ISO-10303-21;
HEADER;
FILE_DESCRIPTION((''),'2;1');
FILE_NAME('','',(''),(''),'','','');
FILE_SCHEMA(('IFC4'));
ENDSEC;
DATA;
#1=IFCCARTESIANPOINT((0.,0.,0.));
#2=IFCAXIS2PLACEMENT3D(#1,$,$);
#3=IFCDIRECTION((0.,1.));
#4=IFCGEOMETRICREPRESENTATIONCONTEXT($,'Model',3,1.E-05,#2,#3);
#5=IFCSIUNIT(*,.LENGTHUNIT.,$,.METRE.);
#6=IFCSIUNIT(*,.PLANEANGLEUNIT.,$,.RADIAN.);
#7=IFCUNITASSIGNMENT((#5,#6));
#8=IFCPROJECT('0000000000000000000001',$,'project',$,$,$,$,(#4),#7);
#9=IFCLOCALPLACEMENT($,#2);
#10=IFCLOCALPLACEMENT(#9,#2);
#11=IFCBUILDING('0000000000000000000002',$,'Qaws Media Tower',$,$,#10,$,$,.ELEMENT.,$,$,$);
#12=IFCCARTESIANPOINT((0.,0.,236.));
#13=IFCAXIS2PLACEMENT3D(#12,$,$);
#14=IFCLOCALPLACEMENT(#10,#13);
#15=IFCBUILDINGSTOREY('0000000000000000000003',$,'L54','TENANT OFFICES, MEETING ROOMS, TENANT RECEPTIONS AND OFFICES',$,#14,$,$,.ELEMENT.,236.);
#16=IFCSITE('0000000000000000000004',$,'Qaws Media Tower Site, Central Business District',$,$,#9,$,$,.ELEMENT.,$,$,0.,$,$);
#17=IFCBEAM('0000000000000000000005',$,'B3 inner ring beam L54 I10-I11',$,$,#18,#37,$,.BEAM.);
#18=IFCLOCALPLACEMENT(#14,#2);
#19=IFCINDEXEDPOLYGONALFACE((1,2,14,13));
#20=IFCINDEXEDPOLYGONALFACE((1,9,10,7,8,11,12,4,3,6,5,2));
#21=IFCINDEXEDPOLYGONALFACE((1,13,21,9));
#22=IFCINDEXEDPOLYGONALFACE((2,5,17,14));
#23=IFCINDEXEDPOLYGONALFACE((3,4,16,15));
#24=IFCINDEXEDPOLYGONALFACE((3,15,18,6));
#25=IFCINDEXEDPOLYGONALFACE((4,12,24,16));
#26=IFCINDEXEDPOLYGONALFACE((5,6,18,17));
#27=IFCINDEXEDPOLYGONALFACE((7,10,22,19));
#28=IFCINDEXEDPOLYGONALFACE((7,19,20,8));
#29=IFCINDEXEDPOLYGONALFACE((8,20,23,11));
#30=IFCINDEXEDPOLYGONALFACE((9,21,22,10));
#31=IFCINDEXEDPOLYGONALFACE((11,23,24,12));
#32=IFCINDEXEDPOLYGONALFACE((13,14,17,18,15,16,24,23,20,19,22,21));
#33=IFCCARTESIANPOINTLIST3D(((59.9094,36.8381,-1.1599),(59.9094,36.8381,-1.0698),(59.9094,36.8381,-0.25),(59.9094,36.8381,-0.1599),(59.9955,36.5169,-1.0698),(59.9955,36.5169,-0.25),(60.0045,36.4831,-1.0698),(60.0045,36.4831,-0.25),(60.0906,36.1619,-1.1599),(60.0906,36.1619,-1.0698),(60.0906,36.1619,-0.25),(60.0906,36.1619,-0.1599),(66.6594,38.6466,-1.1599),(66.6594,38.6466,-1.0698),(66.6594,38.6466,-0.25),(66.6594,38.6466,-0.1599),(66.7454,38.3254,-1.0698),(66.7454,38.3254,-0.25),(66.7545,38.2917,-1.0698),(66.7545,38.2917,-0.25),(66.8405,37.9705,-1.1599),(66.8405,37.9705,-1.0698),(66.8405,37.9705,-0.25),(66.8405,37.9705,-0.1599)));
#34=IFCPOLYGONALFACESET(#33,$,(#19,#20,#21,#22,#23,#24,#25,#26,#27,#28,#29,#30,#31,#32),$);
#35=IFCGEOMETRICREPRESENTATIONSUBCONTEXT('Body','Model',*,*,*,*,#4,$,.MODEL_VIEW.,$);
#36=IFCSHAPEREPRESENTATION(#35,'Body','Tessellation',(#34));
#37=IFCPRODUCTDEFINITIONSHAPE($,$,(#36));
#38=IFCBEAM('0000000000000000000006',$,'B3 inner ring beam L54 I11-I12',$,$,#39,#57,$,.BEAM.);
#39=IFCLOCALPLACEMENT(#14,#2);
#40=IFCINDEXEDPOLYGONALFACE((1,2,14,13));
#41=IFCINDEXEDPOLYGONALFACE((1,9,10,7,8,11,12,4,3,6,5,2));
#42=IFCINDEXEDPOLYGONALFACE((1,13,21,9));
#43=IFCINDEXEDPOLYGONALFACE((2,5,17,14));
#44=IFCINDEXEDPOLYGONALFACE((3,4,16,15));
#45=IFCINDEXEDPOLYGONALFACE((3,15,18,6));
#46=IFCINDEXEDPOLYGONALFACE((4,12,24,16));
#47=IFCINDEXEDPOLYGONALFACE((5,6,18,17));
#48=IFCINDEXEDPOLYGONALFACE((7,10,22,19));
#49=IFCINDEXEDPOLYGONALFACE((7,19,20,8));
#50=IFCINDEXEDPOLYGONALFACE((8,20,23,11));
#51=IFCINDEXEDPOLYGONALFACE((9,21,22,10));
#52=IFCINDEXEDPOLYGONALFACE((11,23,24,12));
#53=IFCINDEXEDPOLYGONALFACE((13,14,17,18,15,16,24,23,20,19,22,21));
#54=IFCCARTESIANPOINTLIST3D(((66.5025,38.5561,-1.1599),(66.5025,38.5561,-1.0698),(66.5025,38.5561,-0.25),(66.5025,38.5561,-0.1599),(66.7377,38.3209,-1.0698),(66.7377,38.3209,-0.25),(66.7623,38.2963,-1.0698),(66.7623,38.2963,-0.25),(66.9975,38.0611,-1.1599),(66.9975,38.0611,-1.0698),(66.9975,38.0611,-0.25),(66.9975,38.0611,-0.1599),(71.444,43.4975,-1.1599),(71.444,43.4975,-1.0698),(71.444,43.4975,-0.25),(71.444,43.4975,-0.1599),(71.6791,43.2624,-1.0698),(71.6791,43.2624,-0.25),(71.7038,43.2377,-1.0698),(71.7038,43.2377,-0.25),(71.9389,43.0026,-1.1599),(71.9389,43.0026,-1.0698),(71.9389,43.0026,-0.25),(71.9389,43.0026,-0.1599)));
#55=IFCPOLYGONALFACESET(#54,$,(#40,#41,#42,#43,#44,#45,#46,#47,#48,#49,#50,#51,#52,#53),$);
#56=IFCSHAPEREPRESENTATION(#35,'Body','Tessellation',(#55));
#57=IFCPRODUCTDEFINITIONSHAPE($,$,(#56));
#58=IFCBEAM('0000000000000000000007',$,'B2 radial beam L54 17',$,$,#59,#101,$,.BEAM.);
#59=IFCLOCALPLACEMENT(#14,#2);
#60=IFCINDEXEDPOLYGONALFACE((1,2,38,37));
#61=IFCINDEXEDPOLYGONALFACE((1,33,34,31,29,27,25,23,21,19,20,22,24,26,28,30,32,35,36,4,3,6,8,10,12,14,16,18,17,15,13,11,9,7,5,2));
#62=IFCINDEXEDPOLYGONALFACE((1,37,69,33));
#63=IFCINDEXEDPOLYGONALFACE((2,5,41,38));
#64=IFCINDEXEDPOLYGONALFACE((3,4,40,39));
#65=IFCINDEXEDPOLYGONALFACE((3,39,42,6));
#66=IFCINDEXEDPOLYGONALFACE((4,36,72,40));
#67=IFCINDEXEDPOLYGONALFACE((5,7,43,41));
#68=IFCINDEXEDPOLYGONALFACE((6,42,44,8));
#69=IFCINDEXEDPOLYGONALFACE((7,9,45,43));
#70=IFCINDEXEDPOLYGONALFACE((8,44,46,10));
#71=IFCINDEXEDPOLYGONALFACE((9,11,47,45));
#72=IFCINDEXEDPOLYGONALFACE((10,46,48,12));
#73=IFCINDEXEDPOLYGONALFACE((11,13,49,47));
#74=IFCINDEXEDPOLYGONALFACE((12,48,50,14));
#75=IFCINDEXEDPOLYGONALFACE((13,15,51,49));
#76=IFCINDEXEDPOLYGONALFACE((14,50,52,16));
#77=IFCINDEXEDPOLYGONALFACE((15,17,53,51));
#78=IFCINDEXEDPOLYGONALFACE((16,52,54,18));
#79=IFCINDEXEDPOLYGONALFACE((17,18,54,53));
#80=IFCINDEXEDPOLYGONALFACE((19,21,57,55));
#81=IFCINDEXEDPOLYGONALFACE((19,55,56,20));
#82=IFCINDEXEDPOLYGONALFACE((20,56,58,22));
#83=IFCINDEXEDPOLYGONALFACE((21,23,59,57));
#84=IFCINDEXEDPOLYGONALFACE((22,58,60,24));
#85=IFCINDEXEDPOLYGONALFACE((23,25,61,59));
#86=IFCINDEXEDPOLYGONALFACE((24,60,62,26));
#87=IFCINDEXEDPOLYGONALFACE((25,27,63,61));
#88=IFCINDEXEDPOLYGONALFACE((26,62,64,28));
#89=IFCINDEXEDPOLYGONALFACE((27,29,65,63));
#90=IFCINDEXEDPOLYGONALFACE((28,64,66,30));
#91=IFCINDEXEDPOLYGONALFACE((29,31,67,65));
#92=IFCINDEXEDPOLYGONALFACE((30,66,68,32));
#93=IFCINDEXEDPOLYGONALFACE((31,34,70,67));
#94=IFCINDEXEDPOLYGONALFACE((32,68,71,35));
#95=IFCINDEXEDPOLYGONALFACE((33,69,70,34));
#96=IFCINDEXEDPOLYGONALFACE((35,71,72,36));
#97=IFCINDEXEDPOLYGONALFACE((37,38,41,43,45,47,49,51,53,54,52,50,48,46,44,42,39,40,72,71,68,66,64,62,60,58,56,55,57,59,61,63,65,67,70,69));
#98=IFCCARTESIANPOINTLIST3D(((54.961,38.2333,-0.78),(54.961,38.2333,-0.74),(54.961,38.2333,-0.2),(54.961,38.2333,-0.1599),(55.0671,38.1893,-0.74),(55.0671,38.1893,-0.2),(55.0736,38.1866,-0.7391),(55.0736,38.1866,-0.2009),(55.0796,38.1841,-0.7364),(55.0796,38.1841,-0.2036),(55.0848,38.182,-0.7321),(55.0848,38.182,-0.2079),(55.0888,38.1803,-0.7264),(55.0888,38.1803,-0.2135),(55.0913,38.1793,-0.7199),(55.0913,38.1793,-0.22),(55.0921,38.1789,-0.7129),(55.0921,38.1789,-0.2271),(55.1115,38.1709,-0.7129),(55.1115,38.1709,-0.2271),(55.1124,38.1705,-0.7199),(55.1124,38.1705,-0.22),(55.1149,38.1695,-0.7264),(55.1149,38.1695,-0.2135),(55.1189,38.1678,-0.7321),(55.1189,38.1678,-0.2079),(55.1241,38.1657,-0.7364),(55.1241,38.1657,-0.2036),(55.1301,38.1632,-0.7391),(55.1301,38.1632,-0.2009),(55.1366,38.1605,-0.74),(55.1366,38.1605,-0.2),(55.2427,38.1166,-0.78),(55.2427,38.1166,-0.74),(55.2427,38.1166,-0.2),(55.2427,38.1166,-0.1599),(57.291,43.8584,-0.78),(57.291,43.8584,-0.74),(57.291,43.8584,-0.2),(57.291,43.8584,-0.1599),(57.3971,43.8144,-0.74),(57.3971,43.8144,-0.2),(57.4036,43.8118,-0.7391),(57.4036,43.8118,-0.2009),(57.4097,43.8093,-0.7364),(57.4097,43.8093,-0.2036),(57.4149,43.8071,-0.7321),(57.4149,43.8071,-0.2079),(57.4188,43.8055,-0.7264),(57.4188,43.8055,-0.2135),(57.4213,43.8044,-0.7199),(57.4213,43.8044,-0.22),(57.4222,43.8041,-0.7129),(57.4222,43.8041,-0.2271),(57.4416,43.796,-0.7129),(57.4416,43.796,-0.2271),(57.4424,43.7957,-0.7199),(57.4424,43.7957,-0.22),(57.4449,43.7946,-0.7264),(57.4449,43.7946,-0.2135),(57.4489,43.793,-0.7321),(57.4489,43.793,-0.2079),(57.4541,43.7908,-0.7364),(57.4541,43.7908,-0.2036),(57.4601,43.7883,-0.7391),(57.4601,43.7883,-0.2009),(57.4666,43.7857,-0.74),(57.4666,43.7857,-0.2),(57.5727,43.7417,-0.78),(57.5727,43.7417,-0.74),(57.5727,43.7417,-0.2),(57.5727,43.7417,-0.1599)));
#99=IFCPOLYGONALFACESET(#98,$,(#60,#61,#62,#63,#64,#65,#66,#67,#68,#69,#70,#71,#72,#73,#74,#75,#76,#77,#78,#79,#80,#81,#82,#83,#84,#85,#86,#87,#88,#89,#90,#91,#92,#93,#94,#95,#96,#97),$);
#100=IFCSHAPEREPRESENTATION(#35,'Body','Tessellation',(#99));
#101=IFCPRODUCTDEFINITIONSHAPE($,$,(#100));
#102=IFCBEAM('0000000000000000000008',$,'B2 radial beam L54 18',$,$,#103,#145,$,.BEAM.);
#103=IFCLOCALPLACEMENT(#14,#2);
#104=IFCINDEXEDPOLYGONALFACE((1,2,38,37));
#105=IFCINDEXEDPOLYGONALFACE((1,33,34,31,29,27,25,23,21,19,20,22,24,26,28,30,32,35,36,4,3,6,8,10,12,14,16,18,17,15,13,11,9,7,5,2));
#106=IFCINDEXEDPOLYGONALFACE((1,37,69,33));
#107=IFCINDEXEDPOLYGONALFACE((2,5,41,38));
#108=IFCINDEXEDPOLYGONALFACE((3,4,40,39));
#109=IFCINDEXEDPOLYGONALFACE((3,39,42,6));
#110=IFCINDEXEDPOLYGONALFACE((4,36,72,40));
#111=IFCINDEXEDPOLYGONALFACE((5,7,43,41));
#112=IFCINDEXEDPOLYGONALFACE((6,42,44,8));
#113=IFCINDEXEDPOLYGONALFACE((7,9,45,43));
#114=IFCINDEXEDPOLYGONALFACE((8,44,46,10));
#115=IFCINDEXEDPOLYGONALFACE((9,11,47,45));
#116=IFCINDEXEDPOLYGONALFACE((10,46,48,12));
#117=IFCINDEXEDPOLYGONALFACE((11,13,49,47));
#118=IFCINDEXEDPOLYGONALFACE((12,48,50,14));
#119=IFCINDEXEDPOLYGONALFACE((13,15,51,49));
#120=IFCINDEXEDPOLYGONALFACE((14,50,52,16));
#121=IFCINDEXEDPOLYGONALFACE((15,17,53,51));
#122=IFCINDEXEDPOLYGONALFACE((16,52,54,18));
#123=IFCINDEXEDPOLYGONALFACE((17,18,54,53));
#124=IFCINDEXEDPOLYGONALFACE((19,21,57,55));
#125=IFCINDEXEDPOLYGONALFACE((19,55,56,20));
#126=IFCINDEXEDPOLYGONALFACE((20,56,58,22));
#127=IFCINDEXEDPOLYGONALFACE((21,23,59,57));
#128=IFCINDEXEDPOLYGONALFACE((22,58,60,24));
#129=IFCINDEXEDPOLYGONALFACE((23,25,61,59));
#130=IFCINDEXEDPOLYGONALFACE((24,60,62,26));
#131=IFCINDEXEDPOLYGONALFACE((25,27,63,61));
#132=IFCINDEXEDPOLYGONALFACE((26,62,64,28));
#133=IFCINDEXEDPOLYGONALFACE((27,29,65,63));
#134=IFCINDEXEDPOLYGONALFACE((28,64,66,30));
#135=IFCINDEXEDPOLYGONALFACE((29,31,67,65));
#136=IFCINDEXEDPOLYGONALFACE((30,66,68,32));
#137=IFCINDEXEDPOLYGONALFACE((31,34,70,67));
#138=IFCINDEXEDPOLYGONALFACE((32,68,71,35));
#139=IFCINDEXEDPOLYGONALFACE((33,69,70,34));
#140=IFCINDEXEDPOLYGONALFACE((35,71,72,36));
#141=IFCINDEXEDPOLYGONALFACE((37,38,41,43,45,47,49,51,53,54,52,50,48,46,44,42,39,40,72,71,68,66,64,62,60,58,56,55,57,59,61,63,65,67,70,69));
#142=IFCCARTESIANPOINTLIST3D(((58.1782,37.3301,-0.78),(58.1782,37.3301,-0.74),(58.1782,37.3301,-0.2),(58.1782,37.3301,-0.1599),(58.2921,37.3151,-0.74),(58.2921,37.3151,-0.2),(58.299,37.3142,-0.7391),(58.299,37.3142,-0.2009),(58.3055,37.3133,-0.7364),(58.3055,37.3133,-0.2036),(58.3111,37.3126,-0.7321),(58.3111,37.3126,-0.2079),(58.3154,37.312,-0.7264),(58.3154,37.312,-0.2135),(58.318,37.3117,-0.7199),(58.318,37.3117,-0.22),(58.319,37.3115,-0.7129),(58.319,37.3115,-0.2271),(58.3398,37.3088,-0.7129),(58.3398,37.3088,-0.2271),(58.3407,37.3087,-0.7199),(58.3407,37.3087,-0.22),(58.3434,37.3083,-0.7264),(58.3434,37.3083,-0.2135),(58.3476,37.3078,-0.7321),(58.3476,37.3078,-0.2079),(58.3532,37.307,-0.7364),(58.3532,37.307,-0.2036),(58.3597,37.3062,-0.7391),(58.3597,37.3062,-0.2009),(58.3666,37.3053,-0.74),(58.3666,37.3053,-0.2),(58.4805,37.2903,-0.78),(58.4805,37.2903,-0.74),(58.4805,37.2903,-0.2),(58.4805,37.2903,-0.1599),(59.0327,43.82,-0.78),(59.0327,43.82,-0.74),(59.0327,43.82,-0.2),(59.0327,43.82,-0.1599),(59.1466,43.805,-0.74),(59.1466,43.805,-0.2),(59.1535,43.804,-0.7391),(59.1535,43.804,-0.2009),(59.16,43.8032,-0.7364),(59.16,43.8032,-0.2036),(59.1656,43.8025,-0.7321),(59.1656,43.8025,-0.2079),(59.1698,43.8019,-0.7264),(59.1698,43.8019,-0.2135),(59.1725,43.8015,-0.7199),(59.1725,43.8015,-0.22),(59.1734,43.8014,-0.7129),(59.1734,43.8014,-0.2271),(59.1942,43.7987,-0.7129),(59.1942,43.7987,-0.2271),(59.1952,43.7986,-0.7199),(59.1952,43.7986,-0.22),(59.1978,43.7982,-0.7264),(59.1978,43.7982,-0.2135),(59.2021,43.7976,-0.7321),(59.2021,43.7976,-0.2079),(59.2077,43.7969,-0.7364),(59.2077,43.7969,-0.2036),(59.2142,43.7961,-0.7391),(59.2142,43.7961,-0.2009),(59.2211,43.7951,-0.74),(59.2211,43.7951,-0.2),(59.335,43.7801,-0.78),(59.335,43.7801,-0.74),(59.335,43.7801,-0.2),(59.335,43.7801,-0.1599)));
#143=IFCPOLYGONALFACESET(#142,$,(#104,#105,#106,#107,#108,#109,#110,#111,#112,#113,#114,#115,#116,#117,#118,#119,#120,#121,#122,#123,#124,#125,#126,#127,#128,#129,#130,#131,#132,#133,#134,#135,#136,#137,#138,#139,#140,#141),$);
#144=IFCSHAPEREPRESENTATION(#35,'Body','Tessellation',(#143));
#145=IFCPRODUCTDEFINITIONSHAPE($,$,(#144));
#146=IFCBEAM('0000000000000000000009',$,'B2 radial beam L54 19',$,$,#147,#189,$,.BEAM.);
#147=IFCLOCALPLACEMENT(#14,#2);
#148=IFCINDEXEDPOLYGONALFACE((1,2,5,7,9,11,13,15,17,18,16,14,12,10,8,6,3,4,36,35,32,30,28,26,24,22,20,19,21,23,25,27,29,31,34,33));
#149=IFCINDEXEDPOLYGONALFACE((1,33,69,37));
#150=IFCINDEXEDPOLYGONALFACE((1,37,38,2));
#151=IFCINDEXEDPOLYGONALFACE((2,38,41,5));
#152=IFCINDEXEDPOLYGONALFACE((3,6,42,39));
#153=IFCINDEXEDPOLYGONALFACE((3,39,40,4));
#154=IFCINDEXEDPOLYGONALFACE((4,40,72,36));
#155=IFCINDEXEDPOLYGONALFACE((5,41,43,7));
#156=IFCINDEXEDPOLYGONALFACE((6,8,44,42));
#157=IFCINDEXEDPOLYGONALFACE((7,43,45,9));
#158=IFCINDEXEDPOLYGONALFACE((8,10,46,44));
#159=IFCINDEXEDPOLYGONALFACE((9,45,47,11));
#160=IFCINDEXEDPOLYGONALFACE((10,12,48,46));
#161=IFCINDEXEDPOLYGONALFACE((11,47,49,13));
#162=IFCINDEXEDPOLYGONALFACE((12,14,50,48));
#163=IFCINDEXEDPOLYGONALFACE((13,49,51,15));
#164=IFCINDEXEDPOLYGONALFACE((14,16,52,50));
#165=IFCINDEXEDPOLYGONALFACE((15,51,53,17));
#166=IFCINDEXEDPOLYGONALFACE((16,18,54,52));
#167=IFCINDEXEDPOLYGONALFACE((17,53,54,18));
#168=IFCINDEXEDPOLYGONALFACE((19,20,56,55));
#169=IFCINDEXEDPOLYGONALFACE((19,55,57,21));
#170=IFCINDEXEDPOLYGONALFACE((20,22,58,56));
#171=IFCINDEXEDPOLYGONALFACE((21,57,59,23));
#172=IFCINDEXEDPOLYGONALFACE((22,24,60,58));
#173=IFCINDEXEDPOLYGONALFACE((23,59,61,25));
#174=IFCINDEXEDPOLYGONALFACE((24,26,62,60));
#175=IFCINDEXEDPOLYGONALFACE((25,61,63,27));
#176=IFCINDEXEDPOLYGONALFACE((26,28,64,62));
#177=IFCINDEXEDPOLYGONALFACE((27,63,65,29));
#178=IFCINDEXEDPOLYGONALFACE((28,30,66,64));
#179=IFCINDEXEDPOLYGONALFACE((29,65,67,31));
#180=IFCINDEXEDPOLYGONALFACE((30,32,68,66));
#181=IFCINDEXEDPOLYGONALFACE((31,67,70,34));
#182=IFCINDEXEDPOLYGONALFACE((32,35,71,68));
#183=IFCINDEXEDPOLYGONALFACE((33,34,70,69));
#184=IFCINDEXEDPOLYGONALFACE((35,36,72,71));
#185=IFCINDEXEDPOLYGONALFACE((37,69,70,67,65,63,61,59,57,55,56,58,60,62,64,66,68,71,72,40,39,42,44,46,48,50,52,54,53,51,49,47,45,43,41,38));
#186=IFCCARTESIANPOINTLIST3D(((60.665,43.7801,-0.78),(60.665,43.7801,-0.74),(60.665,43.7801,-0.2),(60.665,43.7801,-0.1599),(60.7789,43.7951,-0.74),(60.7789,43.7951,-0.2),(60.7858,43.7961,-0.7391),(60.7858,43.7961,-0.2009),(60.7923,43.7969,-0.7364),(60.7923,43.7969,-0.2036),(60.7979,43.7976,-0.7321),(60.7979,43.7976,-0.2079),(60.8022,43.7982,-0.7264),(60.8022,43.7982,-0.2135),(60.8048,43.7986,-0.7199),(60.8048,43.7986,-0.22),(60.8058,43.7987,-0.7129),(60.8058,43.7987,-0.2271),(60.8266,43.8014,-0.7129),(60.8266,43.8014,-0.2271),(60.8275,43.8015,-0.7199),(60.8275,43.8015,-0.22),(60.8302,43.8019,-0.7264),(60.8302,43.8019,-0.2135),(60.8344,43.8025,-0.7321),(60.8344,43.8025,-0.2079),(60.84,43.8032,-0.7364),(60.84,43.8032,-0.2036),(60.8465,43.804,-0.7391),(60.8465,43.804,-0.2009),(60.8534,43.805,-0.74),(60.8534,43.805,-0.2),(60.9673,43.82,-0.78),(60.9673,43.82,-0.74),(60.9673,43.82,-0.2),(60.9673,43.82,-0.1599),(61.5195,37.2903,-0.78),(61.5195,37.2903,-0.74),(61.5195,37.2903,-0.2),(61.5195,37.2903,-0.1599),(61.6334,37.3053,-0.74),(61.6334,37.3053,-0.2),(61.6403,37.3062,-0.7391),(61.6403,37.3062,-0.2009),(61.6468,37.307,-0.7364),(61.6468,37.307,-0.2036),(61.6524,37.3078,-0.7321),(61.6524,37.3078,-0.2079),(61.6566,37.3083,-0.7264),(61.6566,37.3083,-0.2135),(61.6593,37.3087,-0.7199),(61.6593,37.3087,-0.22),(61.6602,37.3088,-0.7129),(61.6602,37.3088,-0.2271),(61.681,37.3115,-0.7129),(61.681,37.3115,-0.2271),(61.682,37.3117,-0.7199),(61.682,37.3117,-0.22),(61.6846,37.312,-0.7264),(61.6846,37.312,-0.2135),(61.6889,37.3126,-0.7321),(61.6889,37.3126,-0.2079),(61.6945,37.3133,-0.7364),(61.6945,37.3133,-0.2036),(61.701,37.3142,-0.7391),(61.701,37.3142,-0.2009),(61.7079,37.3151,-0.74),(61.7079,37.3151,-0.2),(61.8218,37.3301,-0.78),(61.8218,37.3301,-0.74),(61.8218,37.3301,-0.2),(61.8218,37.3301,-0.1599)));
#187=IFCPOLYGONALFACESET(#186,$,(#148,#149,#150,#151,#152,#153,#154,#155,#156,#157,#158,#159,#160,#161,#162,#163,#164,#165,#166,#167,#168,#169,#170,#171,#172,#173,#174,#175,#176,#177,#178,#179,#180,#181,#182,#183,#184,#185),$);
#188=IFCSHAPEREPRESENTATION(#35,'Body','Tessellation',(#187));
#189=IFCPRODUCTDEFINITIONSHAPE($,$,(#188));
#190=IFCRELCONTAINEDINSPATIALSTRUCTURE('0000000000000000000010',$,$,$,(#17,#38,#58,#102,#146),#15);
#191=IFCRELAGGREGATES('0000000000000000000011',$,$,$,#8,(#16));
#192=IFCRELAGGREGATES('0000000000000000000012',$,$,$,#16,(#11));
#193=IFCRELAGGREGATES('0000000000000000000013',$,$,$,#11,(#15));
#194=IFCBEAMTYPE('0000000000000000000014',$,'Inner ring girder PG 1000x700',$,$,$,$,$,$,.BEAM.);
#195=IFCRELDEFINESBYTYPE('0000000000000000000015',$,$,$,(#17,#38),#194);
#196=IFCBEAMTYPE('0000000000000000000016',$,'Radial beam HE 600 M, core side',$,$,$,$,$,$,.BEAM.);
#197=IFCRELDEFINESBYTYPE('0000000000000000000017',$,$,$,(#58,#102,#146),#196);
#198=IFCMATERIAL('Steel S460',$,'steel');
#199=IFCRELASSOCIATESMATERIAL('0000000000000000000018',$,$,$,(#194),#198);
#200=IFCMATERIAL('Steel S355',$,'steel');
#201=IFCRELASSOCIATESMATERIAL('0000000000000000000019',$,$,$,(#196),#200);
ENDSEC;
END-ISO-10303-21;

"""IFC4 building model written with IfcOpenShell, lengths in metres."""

from ifc_helpers import new_model, si_unit, direction, frame, origin, origin_2d, place, context, subcontext, project, spatial, i_section, extrude, material, material_profile, profile_set, type_object, element, save


model = new_model("IFC4")

# Units and contexts
model_context = context("Model", 3, precision=1e-05, world=origin(), true_north=direction((0.0, 1.0)))
body_context = subcontext(model_context, "Body", "Model", "MODEL_VIEW")
ifc_project = project(units=[si_unit("LENGTHUNIT", "METRE"), si_unit("PLANEANGLEUNIT", "RADIAN")], contexts=[model_context])

# Site, building, storey
site_placement = place(None, origin())
site = spatial("IfcSite", under=ifc_project, at=site_placement, Name="Qaws Media Tower Site, Central Business District", CompositionType="ELEMENT", RefElevation=0.0)
building_placement = place(site_placement, origin())
building = spatial("IfcBuilding", under=site, at=building_placement, Name="Qaws Media Tower", CompositionType="ELEMENT")
storey_placement = place(building_placement, frame((0.0, 0.0, 236.0)))
storey = spatial("IfcBuildingStorey", under=building, at=storey_placement, Name="L54", Description="TENANT OFFICES, MEETING ROOMS, TENANT RECEPTIONS AND OFFICES", CompositionType="ELEMENT", Elevation=236.0)

# Beams
ifc_material_1 = material(Name="Steel S460", Category="steel")
ifc_material_profile_1 = material_profile(ifc_material_1, i_section(OverallWidth=0.7, OverallDepth=1.0, WebThickness=0.0349, FlangeThickness=0.0901, at=origin_2d()), Name="PG 1000x700")
ifc_profile_set_1 = profile_set([ifc_material_profile_1], Name="Steel S460")
beam_type_1 = type_object("IfcBeamType", Name="Inner ring girder PG 1000x700", PredefinedType="BEAM", material=ifc_profile_set_1)
beam_1_placement = place(storey_placement, frame((60.0, 36.5, -0.6599), z_axis=(0.965928, 0.258811, 0.0), x_axis=(-0.258811, 0.965928, 0.0)))
element("IfcBeam", 1, at=beam_1_placement, inside=storey, type_object=beam_type_1, Name="B3 inner ring beam L54 I10-I11", PredefinedType="BEAM", context=body_context, shape_type="SweptSolid", body=[
    extrude(i_section(OverallWidth=0.7, OverallDepth=1.0, WebThickness=0.0349, FlangeThickness=0.0901, at=origin_2d()), origin(), (0.0, 0.0, 1.0), 6.988),
])
beam_2_placement = place(storey_placement, frame((66.75, 38.3086, -0.6599), z_axis=(0.707107, 0.707107, 0.0), x_axis=(-0.707107, 0.707107, 0.0)))
element("IfcBeam", 2, at=beam_2_placement, inside=storey, type_object=beam_type_1, Name="B3 inner ring beam L54 I11-I12", PredefinedType="BEAM", context=body_context, shape_type="SweptSolid", body=[
    extrude(i_section(OverallWidth=0.7, OverallDepth=1.0, WebThickness=0.0349, FlangeThickness=0.0901, at=origin_2d()), origin(), (0.0, 0.0, 1.0), 6.9883),
])
ifc_material_2 = material(Name="Steel S355", Category="steel")
ifc_material_profile_2 = material_profile(ifc_material_2, i_section(OverallWidth=0.3049, OverallDepth=0.6201, WebThickness=0.021, FlangeThickness=0.04, FilletRadius=0.0271, at=origin_2d()), Name="HE 600 M")
ifc_profile_set_2 = profile_set([ifc_material_profile_2], Name="Steel S355")
beam_type_2 = type_object("IfcBeamType", Name="Radial beam HE 600 M, core side", PredefinedType="BEAM", material=ifc_profile_set_2)
beam_3_placement = place(storey_placement, frame((57.4319, 43.8, -0.47), z_axis=(-0.382687, -0.923878, 0.0), x_axis=(0.923878, -0.382687, 0.0)))
element("IfcBeam", 3, at=beam_3_placement, inside=storey, type_object=beam_type_2, Name="B2 radial beam L54 17", PredefinedType="BEAM", context=body_context, shape_type="SweptSolid", body=[
    extrude(i_section(OverallWidth=0.3049, OverallDepth=0.6201, WebThickness=0.021, FlangeThickness=0.04, FilletRadius=0.0271, at=origin_2d()), origin(), (0.0, 0.0, 1.0), 6.0886),
])
for number, where, z_axis, x_axis, name in (
    (4, (59.1838, 43.8, -0.47), (-0.130537, -0.991444, 0.0), (0.991444, -0.130537, 0.0), "B2 radial beam L54 18"),
    (5, (60.8162, 43.8, -0.47), (0.130537, -0.991444, 0.0), (0.991444, 0.130537, 0.0), "B2 radial beam L54 19"),
):
    element("IfcBeam", number, at=place(storey_placement, frame(where, z_axis=z_axis, x_axis=x_axis)), inside=storey, type_object=beam_type_2, Name=name, PredefinedType="BEAM", context=body_context, shape_type="SweptSolid", body=[
        extrude(i_section(OverallWidth=0.3049, OverallDepth=0.6201, WebThickness=0.021, FlangeThickness=0.04, FilletRadius=0.0271, at=origin_2d()), origin(), (0.0, 0.0, 1.0), 6.5459),
    ])

save(model, "model.ifc")
